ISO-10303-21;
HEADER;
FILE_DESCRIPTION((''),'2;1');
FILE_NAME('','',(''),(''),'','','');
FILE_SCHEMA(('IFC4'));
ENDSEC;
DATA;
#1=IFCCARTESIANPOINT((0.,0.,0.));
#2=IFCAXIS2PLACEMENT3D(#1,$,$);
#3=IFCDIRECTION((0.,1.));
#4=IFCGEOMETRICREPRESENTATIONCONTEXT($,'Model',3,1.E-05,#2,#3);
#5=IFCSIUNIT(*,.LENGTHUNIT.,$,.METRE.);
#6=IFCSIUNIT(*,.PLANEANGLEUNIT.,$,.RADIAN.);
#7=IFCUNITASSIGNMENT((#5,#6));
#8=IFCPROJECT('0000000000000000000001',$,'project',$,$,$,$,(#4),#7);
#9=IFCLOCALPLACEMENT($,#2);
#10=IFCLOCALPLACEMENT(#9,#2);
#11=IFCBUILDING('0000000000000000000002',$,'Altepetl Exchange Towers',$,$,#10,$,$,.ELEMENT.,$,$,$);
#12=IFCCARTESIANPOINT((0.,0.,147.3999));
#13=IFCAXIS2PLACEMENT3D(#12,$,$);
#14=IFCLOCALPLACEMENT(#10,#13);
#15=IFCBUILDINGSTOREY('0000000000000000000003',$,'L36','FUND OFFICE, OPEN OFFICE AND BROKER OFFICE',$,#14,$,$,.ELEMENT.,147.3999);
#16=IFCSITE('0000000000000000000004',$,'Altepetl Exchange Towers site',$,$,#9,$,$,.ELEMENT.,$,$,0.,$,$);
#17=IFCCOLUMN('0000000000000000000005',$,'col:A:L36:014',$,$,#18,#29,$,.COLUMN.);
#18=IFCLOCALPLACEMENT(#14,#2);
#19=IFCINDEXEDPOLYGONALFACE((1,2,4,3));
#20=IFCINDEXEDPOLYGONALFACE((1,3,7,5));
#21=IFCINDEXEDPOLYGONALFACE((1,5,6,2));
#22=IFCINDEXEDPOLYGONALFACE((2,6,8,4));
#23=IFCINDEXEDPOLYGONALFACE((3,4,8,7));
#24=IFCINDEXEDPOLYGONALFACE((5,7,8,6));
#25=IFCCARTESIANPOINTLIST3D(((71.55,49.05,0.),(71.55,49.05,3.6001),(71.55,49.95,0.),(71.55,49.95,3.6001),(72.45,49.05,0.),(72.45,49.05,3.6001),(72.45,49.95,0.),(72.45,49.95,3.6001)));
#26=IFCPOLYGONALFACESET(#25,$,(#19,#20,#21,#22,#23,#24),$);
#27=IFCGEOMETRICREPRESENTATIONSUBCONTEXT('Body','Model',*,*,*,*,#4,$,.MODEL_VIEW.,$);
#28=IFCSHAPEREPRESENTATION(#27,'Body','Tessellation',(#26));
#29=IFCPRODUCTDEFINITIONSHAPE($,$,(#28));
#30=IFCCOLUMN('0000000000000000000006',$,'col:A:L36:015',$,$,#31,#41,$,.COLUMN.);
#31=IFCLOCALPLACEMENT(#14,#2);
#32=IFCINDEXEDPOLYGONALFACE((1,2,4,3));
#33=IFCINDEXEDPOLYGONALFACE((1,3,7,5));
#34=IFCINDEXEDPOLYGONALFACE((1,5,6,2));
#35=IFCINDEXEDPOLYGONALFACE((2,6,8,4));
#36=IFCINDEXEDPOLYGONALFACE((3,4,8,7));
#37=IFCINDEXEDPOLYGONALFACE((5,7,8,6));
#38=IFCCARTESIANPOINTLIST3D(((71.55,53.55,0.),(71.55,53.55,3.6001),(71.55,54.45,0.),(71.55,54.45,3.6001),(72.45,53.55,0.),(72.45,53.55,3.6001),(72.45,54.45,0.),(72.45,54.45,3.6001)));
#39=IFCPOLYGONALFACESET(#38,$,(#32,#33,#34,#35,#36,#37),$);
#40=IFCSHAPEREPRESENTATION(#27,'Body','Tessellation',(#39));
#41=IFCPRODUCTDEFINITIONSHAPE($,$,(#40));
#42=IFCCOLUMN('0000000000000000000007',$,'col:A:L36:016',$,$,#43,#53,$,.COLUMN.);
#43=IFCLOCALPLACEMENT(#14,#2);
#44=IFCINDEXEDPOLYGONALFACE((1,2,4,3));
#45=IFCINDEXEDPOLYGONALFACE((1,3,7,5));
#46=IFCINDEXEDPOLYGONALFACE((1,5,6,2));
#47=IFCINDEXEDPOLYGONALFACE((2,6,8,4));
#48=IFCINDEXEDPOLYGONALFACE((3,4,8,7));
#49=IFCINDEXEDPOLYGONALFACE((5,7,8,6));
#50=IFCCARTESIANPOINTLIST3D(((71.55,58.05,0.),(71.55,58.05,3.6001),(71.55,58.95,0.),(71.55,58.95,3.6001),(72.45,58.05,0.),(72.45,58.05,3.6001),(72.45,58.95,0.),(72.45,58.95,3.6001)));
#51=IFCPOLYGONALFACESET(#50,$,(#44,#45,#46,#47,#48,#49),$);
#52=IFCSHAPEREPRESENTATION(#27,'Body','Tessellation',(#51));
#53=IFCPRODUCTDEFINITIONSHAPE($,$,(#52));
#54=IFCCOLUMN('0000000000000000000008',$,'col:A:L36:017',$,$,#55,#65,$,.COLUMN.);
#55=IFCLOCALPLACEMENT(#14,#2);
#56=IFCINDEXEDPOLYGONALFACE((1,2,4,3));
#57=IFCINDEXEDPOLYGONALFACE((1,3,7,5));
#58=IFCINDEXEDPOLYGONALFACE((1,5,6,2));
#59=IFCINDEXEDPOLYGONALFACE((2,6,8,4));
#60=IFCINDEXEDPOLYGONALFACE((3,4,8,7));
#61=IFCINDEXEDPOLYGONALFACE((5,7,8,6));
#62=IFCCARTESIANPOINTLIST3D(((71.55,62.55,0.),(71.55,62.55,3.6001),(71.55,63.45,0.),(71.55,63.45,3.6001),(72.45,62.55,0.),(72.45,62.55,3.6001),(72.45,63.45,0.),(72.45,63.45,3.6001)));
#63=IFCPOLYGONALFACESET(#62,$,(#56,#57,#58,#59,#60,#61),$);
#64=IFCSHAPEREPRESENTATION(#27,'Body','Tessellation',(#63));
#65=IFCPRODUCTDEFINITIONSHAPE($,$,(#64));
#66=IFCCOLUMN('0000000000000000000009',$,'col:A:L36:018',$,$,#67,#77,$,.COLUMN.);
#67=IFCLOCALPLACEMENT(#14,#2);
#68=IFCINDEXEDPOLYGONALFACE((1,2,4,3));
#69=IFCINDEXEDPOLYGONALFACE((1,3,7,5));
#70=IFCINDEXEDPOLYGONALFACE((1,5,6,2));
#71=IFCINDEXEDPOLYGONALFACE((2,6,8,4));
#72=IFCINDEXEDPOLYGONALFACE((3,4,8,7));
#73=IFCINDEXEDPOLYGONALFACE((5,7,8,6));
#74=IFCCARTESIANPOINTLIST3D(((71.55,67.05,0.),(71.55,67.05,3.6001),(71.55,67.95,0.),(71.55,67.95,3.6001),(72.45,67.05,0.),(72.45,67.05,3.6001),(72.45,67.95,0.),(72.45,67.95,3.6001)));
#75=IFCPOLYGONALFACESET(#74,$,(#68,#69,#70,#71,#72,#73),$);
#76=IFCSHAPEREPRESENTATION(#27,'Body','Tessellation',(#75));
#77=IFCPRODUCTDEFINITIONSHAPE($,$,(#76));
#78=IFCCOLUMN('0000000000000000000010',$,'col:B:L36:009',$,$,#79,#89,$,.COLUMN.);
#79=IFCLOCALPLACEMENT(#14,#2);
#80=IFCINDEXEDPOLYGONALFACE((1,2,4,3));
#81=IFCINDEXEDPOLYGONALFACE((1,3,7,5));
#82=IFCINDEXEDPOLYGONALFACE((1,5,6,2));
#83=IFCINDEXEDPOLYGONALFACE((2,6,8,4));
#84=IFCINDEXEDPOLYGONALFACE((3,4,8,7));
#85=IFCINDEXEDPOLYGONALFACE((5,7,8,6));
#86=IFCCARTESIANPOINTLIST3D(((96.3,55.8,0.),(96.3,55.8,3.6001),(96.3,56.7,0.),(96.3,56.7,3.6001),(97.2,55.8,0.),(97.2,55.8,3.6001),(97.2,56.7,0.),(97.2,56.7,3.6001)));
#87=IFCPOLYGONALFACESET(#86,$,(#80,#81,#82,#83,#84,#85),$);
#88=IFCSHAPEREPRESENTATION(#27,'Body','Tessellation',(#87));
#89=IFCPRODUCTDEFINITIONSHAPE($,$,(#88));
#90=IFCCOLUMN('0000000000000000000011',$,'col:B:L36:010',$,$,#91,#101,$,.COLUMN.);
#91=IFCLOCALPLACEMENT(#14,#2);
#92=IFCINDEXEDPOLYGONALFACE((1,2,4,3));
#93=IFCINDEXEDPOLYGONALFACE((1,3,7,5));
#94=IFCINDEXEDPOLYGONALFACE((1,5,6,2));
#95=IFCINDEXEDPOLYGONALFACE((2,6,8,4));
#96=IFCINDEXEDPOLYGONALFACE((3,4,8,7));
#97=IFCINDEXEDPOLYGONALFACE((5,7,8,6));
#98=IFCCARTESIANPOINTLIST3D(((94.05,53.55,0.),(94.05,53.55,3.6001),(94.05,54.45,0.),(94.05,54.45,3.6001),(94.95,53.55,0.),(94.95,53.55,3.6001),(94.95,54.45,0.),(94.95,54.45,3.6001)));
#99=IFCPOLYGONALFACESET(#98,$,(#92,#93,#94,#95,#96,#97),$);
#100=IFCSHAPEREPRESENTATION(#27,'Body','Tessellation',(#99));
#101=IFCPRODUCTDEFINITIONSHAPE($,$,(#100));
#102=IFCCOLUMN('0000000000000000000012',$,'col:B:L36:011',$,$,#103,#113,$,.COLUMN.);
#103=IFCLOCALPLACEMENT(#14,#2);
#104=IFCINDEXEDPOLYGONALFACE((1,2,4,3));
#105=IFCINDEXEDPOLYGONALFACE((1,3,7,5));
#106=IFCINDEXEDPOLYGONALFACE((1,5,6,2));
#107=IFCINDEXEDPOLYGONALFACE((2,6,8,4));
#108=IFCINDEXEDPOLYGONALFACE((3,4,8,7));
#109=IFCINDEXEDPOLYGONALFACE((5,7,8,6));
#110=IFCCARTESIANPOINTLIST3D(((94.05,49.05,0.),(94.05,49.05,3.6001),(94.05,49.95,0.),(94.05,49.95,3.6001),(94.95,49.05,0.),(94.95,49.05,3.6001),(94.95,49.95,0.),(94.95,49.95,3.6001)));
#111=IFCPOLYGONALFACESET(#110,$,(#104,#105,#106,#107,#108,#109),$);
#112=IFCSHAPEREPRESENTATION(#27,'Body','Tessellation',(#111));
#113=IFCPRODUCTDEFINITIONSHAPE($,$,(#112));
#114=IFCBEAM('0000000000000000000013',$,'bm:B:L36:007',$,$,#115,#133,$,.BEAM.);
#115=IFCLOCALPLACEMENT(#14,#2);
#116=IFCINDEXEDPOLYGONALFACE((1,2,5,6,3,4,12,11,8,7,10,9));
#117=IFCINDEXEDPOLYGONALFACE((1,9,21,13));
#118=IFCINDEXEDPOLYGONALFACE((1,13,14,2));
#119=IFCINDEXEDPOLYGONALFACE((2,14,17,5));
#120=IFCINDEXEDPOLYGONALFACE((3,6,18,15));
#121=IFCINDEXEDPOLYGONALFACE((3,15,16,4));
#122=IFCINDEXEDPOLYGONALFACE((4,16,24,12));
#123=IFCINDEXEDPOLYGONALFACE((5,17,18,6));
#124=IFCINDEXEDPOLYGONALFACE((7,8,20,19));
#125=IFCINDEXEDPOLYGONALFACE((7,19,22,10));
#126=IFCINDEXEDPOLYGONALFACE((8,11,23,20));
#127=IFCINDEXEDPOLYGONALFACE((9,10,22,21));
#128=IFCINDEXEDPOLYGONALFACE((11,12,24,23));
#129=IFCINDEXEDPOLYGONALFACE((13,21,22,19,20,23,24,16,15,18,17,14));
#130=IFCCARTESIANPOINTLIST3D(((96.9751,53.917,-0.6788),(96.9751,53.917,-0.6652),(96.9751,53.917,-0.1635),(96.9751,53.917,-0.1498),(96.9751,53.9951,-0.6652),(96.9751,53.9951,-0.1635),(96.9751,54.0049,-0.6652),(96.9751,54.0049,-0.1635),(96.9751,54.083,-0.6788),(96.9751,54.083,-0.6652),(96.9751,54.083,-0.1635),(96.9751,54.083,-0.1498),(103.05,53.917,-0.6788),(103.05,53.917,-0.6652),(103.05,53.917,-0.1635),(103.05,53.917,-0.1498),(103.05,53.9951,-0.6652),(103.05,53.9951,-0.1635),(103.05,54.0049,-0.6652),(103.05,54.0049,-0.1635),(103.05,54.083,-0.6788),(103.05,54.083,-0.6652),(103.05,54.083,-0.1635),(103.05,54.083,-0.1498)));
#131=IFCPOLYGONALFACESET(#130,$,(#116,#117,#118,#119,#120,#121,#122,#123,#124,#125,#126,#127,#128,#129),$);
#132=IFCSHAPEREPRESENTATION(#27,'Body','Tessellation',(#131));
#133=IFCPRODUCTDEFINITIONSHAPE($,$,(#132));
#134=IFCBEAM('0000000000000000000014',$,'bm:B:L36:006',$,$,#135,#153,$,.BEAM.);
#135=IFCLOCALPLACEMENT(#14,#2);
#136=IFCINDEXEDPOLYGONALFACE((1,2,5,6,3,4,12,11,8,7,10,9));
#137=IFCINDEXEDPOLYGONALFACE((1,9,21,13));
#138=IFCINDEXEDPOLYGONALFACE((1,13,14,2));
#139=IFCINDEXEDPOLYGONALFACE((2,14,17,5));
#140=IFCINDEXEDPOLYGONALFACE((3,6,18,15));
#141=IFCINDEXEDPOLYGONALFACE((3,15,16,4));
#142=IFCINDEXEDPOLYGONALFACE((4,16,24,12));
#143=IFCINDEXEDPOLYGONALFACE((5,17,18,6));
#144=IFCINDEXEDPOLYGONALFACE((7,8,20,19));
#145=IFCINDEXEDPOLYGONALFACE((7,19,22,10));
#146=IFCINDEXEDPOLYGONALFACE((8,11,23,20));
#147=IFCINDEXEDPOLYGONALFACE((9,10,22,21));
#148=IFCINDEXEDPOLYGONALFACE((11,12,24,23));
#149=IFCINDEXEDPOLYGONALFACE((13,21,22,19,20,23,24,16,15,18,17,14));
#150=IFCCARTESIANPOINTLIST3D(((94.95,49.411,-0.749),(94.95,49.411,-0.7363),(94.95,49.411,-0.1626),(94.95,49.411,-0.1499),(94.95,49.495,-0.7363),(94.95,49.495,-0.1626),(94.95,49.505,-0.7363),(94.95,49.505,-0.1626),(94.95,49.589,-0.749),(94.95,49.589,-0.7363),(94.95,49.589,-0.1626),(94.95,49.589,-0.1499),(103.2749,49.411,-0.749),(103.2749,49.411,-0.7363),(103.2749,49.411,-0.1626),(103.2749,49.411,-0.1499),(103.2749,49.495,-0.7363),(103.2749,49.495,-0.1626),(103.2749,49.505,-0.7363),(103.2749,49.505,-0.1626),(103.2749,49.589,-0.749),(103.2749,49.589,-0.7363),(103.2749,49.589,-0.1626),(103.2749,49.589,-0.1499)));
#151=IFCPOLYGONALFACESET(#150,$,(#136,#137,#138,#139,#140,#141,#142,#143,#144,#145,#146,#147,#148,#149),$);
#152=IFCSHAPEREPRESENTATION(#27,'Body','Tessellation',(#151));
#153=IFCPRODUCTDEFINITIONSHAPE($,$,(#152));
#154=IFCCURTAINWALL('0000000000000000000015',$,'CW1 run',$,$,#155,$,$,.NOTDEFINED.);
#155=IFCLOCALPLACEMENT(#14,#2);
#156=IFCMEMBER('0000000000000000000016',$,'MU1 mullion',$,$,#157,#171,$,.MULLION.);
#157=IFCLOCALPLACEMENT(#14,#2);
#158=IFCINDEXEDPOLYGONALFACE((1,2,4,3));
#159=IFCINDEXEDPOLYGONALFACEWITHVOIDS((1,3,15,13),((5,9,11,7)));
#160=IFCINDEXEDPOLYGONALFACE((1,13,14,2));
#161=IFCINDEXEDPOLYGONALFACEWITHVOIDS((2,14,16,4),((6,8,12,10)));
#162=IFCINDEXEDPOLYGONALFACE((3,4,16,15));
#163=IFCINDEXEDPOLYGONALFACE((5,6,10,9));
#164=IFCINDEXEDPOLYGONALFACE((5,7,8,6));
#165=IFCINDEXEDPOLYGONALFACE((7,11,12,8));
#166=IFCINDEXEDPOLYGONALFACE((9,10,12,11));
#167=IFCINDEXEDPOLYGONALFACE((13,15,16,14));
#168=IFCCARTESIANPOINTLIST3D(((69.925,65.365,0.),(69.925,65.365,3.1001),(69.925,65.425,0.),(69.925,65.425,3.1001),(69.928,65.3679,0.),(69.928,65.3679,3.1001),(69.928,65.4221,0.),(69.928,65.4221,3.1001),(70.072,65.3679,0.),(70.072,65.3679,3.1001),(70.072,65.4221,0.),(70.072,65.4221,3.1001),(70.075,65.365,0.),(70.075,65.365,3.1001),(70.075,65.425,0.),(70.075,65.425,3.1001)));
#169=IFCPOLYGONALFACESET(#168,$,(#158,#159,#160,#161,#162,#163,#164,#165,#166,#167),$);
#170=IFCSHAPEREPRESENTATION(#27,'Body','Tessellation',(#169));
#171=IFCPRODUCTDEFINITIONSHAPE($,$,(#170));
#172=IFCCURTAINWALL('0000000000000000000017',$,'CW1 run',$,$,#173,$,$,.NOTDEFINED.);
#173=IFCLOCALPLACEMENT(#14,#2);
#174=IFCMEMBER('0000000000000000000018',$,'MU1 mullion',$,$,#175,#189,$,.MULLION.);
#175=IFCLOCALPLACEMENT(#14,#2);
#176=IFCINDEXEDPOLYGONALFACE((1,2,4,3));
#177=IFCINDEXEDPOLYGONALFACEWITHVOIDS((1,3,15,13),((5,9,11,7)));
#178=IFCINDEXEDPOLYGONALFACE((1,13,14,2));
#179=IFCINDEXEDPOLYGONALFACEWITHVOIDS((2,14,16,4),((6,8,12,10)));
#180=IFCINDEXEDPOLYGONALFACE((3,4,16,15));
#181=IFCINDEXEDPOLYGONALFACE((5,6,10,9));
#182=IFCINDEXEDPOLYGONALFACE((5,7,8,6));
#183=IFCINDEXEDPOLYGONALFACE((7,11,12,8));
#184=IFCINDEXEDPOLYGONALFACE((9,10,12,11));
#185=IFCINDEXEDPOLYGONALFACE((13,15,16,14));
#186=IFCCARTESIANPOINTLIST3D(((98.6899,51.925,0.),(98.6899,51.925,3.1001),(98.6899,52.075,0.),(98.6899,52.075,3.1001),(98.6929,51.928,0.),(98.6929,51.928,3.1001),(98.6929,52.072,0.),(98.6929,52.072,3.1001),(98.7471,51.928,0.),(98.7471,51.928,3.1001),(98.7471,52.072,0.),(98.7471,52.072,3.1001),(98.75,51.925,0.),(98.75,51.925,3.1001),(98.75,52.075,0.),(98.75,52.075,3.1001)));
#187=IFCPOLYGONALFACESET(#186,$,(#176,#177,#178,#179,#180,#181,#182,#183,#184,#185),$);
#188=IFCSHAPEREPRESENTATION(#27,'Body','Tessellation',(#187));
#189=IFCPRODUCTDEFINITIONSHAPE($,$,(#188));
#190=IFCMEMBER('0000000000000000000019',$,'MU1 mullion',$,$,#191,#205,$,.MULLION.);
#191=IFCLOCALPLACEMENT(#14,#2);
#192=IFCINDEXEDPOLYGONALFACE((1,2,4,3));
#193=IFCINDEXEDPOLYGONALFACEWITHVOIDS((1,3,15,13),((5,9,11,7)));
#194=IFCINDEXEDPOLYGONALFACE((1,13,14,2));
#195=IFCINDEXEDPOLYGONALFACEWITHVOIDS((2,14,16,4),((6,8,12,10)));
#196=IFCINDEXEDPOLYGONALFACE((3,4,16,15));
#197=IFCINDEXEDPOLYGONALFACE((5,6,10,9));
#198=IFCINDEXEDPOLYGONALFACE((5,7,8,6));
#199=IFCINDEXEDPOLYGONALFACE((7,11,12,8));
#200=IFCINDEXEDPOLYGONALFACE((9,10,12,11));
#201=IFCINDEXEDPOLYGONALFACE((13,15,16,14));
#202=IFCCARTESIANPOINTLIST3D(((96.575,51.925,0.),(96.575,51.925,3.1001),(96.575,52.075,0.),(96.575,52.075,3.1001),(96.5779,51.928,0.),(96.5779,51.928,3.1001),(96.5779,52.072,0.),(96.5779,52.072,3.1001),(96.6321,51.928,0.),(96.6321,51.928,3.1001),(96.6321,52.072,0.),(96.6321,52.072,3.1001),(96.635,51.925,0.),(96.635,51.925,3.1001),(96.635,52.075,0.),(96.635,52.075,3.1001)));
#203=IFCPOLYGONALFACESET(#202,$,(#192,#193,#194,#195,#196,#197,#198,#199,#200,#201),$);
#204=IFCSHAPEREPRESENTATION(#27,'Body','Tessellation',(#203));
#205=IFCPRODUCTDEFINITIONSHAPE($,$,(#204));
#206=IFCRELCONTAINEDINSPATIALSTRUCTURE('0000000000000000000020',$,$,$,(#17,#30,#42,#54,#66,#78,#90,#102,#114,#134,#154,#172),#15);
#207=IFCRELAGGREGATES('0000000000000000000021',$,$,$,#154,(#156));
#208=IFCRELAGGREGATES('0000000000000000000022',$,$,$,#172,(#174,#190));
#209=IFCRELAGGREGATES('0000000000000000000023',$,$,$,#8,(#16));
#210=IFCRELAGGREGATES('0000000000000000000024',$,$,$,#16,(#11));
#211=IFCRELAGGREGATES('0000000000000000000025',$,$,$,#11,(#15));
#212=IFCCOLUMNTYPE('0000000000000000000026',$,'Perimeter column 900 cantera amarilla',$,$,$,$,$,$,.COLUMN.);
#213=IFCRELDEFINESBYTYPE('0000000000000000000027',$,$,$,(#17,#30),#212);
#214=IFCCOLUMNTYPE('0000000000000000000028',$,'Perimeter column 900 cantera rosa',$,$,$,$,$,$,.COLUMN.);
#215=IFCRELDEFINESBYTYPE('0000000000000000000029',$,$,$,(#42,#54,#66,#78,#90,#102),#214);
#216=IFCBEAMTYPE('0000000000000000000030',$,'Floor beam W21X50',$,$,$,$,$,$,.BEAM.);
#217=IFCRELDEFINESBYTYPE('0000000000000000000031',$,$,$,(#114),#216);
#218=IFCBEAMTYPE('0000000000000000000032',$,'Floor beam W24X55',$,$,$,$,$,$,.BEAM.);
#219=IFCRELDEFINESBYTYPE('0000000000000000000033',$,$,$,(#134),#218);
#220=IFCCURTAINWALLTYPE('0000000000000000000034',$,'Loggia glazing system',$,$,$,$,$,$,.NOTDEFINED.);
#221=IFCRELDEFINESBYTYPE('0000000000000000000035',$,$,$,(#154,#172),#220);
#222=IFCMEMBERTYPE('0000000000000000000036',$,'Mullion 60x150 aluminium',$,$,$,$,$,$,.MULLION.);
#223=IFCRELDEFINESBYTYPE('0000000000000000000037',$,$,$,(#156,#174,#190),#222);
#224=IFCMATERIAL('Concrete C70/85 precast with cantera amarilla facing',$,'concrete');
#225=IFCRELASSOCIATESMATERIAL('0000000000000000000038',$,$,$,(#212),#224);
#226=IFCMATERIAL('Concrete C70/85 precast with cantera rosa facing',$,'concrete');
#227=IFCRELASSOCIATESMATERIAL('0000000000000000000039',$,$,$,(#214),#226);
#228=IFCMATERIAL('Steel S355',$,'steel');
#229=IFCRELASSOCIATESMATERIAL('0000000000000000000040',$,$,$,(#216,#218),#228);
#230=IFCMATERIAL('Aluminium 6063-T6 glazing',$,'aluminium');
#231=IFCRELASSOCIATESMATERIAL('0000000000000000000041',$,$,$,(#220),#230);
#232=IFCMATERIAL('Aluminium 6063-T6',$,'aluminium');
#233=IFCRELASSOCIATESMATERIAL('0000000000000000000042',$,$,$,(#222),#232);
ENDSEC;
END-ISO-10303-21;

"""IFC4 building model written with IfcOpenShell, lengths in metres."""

from ifc_helpers import new_model, si_unit, direction, frame, origin, origin_2d, place, context, subcontext, project, spatial, rectangle, hollow_rectangle, i_section, extrude, material, material_profile, profile_set, type_object, element, aggregate, save


model = new_model("IFC4")

# Units and contexts
model_context = context("Model", 3, precision=1e-05, world=origin(), true_north=direction((0.0, 1.0)))
body_context = subcontext(model_context, "Body", "Model", "MODEL_VIEW")
ifc_project = project(units=[si_unit("LENGTHUNIT", "METRE"), si_unit("PLANEANGLEUNIT", "RADIAN")], contexts=[model_context])

# Site, building, storey
site_placement = place(None, origin())
site = spatial("IfcSite", under=ifc_project, at=site_placement, Name="Altepetl Exchange Towers site", CompositionType="ELEMENT", RefElevation=0.0)
building_placement = place(site_placement, origin())
building = spatial("IfcBuilding", under=site, at=building_placement, Name="Altepetl Exchange Towers", CompositionType="ELEMENT")
storey_placement = place(building_placement, frame((0.0, 0.0, 147.3999)))
storey = spatial("IfcBuildingStorey", under=building, at=storey_placement, Name="L36", Description="FUND OFFICE, OPEN OFFICE AND BROKER OFFICE", CompositionType="ELEMENT", Elevation=147.3999)

# Columns
ifc_material_1 = material(Name="Concrete C70/85 precast with cantera amarilla facing", Category="concrete")
ifc_material_profile_1 = material_profile(ifc_material_1, rectangle(XDim=0.8999, YDim=0.8999, at=origin_2d()), Name="900 x 900")
ifc_profile_set_1 = profile_set([ifc_material_profile_1], Name="Concrete C70/85 precast with cantera amarilla facing")
column_type_1 = type_object("IfcColumnType", Name="Perimeter column 900 cantera amarilla", PredefinedType="COLUMN", material=ifc_profile_set_1)
for number, where, name in (
    (1, (72.0, 49.5, 0.0), "col:A:L36:014"),
    (2, (72.0, 54.0, 0.0), "col:A:L36:015"),
):
    element("IfcColumn", number, at=place(storey_placement, frame(where)), inside=storey, type_object=column_type_1, Name=name, PredefinedType="COLUMN", context=body_context, shape_type="SweptSolid", body=[
        extrude(rectangle(XDim=0.8999, YDim=0.8999, at=origin_2d()), origin(), (0.0, 0.0, 1.0), 3.6001),
    ])
ifc_material_2 = material(Name="Concrete C70/85 precast with cantera rosa facing", Category="concrete")
ifc_material_profile_2 = material_profile(ifc_material_2, rectangle(XDim=0.8999, YDim=0.8999, at=origin_2d()), Name="900 x 900")
ifc_profile_set_2 = profile_set([ifc_material_profile_2], Name="Concrete C70/85 precast with cantera rosa facing")
column_type_2 = type_object("IfcColumnType", Name="Perimeter column 900 cantera rosa", PredefinedType="COLUMN", material=ifc_profile_set_2)
for number, where, name in (
    (3, (72.0, 58.5, 0.0), "col:A:L36:016"),
    (4, (72.0, 63.0, 0.0), "col:A:L36:017"),
    (5, (72.0, 67.5, 0.0), "col:A:L36:018"),
    (6, (96.75, 56.25, 0.0), "col:B:L36:009"),
    (7, (94.5, 54.0, 0.0), "col:B:L36:010"),
    (8, (94.5, 49.5, 0.0), "col:B:L36:011"),
):
    element("IfcColumn", number, at=place(storey_placement, frame(where)), inside=storey, type_object=column_type_2, Name=name, PredefinedType="COLUMN", context=body_context, shape_type="SweptSolid", body=[
        extrude(rectangle(XDim=0.8999, YDim=0.8999, at=origin_2d()), origin(), (0.0, 0.0, 1.0), 3.6001),
    ])

# Beams
ifc_material_3 = material(Name="Steel S355", Category="steel")
ifc_material_profile_3 = material_profile(ifc_material_3, i_section(OverallWidth=0.166, OverallDepth=0.5291, WebThickness=0.0098, FlangeThickness=0.0137, at=origin_2d()), Name="W21X50")
ifc_profile_set_3 = profile_set([ifc_material_profile_3], Name="Steel S355")
beam_type_1 = type_object("IfcBeamType", Name="Floor beam W21X50", PredefinedType="BEAM", material=ifc_profile_set_3)
beam_1_placement = place(storey_placement, frame((96.9751, 54.0, -0.4143), z_axis=(1.0, 0.0, 0.0), x_axis=(0.0, 1.0, 0.0)))
element("IfcBeam", 9, at=beam_1_placement, inside=storey, type_object=beam_type_1, Name="bm:B:L36:007", PredefinedType="BEAM", context=body_context, shape_type="SweptSolid", body=[
    extrude(i_section(OverallWidth=0.166, OverallDepth=0.5291, WebThickness=0.0098, FlangeThickness=0.0137, at=origin_2d()), origin(), (0.0, 0.0, 1.0), 6.075),
])
ifc_material_profile_4 = material_profile(ifc_material_3, i_section(OverallWidth=0.178, OverallDepth=0.5991, WebThickness=0.01, FlangeThickness=0.0127, at=origin_2d()), Name="W24X55")
ifc_profile_set_4 = profile_set([ifc_material_profile_4], Name="Steel S355")
beam_type_2 = type_object("IfcBeamType", Name="Floor beam W24X55", PredefinedType="BEAM", material=ifc_profile_set_4)
beam_2_placement = place(storey_placement, frame((94.95, 49.5, -0.4495), z_axis=(1.0, 0.0, 0.0), x_axis=(0.0, 1.0, 0.0)))
element("IfcBeam", 10, at=beam_2_placement, inside=storey, type_object=beam_type_2, Name="bm:B:L36:006", PredefinedType="BEAM", context=body_context, shape_type="SweptSolid", body=[
    extrude(i_section(OverallWidth=0.178, OverallDepth=0.5991, WebThickness=0.01, FlangeThickness=0.0127, at=origin_2d()), origin(), (0.0, 0.0, 1.0), 8.325),
])

# Curtain wall, member
ifc_material_4 = material(Name="Aluminium 6063-T6 glazing", Category="aluminium")
curtain_wall_type = type_object("IfcCurtainWallType", Name="Loggia glazing system", PredefinedType="NOTDEFINED", material=ifc_material_4)
curtain_wall_1_placement = place(storey_placement, origin())
curtain_wall_1 = element("IfcCurtainWall", 11, at=curtain_wall_1_placement, inside=storey, type_object=curtain_wall_type, Name="CW1 run", PredefinedType="NOTDEFINED")
ifc_material_5 = material(Name="Aluminium 6063-T6", Category="aluminium")
ifc_material_profile_5 = material_profile(ifc_material_5, hollow_rectangle(XDim=0.0601, YDim=0.1499, WallThickness=0.0029, at=origin_2d()), Name="Mullion 60x150 aluminium")
ifc_profile_set_5 = profile_set([ifc_material_profile_5], Name="Aluminium 6063-T6")
member_type = type_object("IfcMemberType", Name="Mullion 60x150 aluminium", PredefinedType="MULLION", material=ifc_profile_set_5)
member_1_placement = place(storey_placement, frame((70.0, 65.395, 0.0), z_axis=(0.0, 0.0, 1.0), x_axis=(0.0, 1.0, 0.0)))
member_1 = element("IfcMember", 12, at=member_1_placement, type_object=member_type, Name="MU1 mullion", PredefinedType="MULLION", context=body_context, shape_type="SweptSolid", body=[
    extrude(hollow_rectangle(XDim=0.0601, YDim=0.1499, WallThickness=0.0029, at=origin_2d()), origin(), (0.0, 0.0, 1.0), 3.1001),
])

# Curtain wall, members
curtain_wall_2_placement = place(storey_placement, origin())
curtain_wall_2 = element("IfcCurtainWall", 13, at=curtain_wall_2_placement, inside=storey, type_object=curtain_wall_type, Name="CW1 run", PredefinedType="NOTDEFINED")
member_2_placement = place(storey_placement, frame((98.72, 52.0, 0.0), z_axis=(0.0, 0.0, 1.0), x_axis=(-1.0, 0.0, 0.0)))
member_2 = element("IfcMember", 14, at=member_2_placement, type_object=member_type, Name="MU1 mullion", PredefinedType="MULLION", context=body_context, shape_type="SweptSolid", body=[
    extrude(hollow_rectangle(XDim=0.0601, YDim=0.1499, WallThickness=0.0029, at=origin_2d()), origin(), (0.0, 0.0, 1.0), 3.1001),
])
member_3_placement = place(storey_placement, frame((96.605, 52.0, 0.0), z_axis=(0.0, 0.0, 1.0), x_axis=(-1.0, 0.0, 0.0)))
member_3 = element("IfcMember", 15, at=member_3_placement, type_object=member_type, Name="MU1 mullion", PredefinedType="MULLION", context=body_context, shape_type="SweptSolid", body=[
    extrude(hollow_rectangle(XDim=0.0601, YDim=0.1499, WallThickness=0.0029, at=origin_2d()), origin(), (0.0, 0.0, 1.0), 3.1001),
])

aggregate(curtain_wall_1, [member_1])
aggregate(curtain_wall_2, [member_2, member_3])

save(model, "model.ifc")
